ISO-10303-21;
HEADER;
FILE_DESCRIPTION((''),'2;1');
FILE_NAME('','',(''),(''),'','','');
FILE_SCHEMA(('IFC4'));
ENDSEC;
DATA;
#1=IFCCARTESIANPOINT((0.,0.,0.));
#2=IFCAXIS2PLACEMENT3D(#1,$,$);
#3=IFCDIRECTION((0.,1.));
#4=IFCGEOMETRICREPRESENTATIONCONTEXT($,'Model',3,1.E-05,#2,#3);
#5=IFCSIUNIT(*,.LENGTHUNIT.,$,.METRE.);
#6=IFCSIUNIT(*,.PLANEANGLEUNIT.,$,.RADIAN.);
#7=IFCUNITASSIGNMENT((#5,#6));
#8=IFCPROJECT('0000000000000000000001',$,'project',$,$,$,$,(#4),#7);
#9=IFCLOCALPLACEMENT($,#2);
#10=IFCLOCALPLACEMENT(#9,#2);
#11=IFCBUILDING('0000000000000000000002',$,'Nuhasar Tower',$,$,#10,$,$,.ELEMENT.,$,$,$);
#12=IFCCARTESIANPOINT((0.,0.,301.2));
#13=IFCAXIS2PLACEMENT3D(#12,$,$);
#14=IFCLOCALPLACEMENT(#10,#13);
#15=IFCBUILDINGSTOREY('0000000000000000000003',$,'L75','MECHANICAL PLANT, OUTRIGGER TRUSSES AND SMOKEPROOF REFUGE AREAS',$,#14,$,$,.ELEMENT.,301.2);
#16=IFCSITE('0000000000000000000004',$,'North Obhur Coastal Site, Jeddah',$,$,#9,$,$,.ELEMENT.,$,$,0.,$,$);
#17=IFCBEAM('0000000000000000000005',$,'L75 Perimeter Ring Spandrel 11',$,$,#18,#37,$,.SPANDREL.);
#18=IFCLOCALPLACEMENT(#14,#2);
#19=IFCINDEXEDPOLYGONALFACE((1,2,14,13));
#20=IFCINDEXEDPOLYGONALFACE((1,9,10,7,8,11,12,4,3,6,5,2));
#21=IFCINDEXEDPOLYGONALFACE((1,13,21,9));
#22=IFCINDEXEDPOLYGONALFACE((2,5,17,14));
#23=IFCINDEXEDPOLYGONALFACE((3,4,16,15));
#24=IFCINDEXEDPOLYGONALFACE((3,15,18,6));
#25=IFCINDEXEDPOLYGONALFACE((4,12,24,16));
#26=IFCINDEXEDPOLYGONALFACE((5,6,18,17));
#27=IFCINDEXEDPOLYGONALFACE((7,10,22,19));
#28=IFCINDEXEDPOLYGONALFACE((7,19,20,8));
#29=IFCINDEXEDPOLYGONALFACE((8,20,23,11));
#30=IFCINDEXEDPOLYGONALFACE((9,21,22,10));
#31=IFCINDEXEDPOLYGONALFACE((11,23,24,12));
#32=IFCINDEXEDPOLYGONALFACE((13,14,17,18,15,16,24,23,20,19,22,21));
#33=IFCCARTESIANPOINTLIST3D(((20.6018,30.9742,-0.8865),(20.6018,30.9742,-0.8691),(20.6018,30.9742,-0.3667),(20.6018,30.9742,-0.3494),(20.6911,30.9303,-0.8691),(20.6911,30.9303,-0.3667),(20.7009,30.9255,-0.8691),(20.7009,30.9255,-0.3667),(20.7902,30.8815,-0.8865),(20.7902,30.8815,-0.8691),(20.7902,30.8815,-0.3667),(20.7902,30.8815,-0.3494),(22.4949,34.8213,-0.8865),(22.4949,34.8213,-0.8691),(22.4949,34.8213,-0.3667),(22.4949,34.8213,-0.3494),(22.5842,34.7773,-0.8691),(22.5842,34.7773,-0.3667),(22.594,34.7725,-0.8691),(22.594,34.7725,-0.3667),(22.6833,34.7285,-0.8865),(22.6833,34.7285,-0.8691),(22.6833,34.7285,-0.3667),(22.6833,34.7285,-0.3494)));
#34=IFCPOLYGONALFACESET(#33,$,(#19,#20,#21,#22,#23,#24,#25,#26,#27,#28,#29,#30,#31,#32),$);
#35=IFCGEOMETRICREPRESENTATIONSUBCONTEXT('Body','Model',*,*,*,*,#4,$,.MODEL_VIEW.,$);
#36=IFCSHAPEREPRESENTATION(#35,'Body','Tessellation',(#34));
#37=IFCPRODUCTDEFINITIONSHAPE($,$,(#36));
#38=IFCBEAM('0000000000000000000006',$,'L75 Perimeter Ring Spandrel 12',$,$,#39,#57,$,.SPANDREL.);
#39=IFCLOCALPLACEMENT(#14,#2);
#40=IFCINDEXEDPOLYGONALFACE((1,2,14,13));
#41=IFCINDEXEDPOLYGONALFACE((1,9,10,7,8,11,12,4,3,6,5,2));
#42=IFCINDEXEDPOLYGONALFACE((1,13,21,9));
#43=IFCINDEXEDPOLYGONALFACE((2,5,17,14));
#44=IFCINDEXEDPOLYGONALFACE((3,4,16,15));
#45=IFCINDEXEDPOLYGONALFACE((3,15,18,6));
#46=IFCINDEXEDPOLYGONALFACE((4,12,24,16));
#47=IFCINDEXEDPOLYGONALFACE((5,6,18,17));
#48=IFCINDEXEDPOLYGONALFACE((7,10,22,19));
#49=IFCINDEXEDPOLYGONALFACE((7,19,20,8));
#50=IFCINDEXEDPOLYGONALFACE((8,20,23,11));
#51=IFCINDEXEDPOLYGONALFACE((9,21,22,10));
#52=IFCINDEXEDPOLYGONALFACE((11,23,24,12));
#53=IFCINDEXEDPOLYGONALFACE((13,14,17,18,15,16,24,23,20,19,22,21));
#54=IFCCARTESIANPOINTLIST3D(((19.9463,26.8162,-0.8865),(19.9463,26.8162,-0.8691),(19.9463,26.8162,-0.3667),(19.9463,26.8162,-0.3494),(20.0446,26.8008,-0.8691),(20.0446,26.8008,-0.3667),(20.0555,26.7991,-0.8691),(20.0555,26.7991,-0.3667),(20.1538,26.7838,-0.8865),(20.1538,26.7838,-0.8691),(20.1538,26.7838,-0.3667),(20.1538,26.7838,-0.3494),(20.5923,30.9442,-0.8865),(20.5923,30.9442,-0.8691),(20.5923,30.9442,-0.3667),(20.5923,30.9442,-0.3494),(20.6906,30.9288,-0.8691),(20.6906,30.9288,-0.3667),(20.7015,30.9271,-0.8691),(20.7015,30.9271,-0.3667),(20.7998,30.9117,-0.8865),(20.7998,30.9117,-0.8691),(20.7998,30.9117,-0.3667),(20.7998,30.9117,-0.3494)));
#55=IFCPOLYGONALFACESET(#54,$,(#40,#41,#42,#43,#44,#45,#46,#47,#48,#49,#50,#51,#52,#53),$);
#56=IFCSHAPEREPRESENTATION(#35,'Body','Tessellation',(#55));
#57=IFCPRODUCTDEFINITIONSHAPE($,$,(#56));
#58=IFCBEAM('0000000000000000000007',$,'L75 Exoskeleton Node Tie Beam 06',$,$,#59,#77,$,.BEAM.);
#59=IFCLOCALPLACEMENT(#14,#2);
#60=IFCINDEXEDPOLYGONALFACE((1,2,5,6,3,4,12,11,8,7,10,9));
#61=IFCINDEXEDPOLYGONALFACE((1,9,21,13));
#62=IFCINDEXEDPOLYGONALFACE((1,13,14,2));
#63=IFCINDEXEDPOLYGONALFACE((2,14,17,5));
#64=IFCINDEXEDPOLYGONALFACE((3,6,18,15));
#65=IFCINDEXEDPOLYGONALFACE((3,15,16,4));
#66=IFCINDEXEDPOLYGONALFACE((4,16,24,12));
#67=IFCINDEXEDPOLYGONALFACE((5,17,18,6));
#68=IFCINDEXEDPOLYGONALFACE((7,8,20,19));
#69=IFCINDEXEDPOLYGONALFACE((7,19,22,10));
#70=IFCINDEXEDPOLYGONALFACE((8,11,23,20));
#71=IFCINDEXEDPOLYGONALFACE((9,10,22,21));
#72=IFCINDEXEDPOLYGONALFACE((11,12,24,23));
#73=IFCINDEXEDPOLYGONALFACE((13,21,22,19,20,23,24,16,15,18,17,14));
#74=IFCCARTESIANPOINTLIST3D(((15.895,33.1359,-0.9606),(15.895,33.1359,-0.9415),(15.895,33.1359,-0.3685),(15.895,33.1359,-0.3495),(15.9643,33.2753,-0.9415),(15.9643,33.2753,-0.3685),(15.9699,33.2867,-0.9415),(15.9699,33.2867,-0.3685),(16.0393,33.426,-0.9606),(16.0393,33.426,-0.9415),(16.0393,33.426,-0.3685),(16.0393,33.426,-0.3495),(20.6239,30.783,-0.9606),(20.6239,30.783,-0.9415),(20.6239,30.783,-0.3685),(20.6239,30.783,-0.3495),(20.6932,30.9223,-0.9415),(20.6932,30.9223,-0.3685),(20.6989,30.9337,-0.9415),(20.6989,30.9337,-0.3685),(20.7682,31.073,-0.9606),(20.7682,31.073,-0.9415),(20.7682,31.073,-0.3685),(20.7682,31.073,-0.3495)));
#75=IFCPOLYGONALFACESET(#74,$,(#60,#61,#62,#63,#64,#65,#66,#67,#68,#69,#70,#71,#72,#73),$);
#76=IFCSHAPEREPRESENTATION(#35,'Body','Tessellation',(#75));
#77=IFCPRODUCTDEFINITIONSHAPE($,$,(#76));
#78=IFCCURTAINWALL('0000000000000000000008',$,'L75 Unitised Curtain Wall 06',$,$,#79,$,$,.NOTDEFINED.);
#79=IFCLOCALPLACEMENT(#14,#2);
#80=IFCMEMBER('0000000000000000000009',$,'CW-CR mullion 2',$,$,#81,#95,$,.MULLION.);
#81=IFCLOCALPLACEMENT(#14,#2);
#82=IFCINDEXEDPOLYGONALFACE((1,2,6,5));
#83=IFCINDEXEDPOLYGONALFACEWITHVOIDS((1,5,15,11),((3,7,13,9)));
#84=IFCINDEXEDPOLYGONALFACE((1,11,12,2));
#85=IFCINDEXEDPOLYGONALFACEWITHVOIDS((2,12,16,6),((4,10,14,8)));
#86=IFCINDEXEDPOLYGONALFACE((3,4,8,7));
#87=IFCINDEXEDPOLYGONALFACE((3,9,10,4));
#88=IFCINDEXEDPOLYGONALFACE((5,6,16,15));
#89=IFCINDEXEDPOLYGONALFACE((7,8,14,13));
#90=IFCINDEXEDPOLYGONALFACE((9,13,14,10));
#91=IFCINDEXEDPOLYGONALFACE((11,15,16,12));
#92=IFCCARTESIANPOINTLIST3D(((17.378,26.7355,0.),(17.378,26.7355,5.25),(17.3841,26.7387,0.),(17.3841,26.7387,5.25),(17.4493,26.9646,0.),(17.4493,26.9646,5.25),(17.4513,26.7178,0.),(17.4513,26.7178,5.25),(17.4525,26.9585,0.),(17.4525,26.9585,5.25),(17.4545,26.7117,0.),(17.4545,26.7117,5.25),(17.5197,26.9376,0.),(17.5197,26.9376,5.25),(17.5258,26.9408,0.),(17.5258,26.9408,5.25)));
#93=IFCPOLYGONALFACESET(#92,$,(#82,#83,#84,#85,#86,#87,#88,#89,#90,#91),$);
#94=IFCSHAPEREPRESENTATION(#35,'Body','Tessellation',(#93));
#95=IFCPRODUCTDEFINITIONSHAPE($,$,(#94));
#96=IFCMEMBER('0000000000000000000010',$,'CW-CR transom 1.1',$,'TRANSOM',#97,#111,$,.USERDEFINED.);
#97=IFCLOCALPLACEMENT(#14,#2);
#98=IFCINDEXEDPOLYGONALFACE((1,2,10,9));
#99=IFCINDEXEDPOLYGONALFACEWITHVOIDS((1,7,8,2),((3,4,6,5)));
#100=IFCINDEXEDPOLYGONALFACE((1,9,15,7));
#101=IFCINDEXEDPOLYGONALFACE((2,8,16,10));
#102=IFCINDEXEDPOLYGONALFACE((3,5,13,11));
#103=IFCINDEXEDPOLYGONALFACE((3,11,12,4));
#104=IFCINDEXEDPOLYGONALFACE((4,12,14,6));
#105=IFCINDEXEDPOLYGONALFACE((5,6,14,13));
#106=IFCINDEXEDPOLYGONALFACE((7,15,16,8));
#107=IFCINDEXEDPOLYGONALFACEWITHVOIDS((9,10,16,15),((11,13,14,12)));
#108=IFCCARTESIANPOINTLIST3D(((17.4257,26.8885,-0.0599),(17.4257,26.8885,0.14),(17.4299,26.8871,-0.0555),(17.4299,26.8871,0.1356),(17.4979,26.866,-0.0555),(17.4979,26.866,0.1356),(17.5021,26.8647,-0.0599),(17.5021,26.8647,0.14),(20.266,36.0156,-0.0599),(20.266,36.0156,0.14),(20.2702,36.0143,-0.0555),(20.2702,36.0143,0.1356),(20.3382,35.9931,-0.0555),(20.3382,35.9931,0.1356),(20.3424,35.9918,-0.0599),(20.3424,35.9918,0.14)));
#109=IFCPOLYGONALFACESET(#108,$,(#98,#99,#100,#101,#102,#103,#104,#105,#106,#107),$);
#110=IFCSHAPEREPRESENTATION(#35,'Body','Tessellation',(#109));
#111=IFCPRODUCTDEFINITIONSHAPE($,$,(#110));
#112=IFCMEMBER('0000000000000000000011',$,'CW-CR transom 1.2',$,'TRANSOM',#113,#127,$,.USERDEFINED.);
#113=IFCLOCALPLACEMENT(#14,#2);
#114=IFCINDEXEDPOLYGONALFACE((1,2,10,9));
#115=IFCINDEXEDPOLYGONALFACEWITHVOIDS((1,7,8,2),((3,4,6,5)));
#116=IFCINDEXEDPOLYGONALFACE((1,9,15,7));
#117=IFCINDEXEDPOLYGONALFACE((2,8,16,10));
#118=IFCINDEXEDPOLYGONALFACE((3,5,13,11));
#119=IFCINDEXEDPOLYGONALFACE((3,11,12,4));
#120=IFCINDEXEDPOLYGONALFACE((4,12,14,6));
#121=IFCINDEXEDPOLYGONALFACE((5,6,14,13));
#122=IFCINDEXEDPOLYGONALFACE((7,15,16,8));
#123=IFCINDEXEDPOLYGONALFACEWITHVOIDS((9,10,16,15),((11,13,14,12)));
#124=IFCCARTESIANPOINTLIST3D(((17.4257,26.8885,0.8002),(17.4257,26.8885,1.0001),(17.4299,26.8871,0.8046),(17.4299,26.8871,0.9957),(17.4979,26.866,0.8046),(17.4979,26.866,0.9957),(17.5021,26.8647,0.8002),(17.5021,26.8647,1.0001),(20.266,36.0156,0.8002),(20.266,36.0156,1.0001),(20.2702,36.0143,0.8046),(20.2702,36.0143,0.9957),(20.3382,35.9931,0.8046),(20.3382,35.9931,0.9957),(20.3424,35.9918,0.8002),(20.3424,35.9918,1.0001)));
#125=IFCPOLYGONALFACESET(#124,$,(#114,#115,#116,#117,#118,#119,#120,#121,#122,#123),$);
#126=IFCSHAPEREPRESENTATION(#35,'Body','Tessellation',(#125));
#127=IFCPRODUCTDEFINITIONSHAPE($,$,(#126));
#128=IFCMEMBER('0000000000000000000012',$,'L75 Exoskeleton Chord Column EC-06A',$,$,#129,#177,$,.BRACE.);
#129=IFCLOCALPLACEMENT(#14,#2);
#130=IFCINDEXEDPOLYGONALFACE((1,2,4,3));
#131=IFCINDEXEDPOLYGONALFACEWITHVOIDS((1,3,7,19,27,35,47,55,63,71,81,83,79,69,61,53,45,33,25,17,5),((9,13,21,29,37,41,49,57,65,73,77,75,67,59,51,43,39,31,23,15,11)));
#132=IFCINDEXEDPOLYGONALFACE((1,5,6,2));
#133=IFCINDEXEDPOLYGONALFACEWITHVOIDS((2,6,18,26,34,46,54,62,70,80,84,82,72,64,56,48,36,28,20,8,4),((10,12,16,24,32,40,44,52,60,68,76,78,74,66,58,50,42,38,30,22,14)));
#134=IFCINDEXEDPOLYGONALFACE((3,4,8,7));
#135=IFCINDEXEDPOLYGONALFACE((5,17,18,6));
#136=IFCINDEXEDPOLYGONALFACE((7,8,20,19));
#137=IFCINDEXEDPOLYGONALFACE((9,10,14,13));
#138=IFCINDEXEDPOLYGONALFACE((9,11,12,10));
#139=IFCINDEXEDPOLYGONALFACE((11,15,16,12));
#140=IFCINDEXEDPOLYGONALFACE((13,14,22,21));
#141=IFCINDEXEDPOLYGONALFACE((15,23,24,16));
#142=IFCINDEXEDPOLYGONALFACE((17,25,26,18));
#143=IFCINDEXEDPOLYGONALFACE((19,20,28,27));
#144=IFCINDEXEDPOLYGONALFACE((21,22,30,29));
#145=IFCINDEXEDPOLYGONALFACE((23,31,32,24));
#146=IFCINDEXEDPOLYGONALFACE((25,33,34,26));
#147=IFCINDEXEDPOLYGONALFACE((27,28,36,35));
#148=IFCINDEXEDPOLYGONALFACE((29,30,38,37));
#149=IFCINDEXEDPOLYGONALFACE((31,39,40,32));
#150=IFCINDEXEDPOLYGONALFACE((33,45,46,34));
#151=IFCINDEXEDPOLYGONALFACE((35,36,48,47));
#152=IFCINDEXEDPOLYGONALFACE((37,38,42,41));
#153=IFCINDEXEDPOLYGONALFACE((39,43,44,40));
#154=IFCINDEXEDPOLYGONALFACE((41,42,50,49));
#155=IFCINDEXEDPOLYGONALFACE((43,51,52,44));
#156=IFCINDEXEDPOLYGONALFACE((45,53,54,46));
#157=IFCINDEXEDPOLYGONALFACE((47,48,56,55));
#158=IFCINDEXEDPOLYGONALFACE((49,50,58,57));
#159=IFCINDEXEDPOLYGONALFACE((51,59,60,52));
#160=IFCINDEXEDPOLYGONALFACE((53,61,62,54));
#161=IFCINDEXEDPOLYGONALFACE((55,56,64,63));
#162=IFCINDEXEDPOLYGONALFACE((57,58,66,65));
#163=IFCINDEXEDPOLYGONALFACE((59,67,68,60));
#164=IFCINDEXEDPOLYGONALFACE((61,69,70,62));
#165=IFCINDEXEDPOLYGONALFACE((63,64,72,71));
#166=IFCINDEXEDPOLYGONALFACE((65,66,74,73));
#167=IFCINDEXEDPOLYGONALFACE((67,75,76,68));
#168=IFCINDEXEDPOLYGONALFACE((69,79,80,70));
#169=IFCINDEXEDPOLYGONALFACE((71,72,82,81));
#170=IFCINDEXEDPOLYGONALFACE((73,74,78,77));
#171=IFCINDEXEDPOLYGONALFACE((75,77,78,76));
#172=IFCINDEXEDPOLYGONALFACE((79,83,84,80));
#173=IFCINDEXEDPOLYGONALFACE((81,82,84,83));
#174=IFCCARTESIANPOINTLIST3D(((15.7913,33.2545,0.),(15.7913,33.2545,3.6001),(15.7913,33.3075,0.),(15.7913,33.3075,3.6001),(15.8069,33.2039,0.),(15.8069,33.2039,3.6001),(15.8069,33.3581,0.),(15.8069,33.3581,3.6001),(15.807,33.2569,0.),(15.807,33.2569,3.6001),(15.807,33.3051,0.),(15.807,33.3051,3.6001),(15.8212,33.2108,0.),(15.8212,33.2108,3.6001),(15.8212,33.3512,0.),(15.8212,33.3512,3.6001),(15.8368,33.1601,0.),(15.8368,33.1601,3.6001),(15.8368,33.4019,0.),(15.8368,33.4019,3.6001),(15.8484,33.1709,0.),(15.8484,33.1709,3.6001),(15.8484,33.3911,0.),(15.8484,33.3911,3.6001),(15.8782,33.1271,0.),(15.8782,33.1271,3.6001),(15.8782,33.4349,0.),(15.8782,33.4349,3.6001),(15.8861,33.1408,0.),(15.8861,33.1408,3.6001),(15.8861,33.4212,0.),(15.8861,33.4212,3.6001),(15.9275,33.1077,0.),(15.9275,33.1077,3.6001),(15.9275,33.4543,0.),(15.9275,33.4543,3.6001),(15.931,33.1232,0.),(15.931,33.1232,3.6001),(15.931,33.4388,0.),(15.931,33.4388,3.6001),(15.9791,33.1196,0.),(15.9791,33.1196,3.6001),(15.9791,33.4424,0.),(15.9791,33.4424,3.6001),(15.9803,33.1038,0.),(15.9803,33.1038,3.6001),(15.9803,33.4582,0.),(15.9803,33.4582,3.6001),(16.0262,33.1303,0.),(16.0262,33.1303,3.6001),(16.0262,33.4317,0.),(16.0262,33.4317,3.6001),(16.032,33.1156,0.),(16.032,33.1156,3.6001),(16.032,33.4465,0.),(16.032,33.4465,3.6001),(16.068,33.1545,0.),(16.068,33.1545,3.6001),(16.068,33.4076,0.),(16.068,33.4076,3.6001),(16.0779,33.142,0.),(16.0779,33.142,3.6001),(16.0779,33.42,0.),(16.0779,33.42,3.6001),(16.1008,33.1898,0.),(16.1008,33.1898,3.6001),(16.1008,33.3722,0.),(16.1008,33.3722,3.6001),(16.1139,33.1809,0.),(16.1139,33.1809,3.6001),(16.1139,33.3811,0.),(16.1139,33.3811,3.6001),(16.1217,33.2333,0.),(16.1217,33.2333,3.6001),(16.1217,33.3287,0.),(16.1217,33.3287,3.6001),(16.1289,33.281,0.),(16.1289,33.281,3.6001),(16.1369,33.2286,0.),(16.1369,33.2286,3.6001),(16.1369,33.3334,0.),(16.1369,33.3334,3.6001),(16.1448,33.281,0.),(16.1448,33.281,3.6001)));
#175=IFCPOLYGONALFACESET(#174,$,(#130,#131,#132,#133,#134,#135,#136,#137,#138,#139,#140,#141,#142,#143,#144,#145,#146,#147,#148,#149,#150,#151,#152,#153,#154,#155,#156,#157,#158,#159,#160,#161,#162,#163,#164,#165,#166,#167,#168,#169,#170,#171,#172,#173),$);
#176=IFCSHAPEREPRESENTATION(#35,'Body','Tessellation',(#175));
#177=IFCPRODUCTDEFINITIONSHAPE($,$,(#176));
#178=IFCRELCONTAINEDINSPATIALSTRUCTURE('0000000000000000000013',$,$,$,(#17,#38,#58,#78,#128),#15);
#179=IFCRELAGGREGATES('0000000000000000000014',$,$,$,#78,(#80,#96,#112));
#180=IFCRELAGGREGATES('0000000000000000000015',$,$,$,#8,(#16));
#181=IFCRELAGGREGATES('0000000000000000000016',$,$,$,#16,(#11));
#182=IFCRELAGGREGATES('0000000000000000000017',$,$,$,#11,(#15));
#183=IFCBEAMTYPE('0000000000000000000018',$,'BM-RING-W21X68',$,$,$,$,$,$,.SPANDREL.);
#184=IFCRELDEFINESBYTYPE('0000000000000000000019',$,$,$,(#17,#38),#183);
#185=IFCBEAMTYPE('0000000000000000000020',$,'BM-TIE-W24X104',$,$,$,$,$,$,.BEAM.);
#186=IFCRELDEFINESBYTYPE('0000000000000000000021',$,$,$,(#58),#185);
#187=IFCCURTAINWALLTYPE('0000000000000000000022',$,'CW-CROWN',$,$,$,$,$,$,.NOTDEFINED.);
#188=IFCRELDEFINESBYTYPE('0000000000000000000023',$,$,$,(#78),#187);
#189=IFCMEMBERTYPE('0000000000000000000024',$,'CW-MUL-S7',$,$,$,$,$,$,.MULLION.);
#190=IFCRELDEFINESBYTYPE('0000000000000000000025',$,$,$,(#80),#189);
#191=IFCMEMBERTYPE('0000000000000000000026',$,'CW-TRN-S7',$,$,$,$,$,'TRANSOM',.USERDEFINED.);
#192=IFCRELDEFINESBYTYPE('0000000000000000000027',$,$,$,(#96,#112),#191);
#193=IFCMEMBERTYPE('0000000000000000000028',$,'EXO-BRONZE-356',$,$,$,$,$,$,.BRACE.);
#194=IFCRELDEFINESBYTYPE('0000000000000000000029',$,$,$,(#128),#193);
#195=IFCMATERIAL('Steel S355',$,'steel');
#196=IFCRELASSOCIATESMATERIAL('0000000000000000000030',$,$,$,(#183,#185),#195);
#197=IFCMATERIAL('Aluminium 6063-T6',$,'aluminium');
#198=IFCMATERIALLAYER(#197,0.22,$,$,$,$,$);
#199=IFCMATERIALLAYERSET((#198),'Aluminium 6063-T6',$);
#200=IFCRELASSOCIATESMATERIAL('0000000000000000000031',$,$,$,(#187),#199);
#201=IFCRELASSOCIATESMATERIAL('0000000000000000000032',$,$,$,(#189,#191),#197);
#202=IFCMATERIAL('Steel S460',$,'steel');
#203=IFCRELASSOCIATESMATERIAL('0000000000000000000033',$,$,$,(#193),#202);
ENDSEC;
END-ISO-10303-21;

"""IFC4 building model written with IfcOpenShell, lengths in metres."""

from ifc_helpers import new_model, si_unit, direction, frame, origin, origin_2d, place, context, subcontext, project, spatial, hollow_rectangle, hollow_circle, i_section, extrude, material, layer, layer_set, material_profile, profile_set, type_object, element, aggregate, save


model = new_model("IFC4")

# Units and contexts
model_context = context("Model", 3, precision=1e-05, world=origin(), true_north=direction((0.0, 1.0)))
body_context = subcontext(model_context, "Body", "Model", "MODEL_VIEW")
ifc_project = project(units=[si_unit("LENGTHUNIT", "METRE"), si_unit("PLANEANGLEUNIT", "RADIAN")], contexts=[model_context])

# Site, building, storey
site_placement = place(None, origin())
site = spatial("IfcSite", under=ifc_project, at=site_placement, Name="North Obhur Coastal Site, Jeddah", CompositionType="ELEMENT", RefElevation=0.0)
building_placement = place(site_placement, origin())
building = spatial("IfcBuilding", under=site, at=building_placement, Name="Nuhasar Tower", CompositionType="ELEMENT")
storey_placement = place(building_placement, frame((0.0, 0.0, 301.2)))
storey = spatial("IfcBuildingStorey", under=building, at=storey_placement, Name="L75", Description="MECHANICAL PLANT, OUTRIGGER TRUSSES AND SMOKEPROOF REFUGE AREAS", CompositionType="ELEMENT", Elevation=301.2)

# Shared definitions
ifc_material_1 = material(Name="Steel S460", Category="steel")

# Beams
ifc_material_2 = material(Name="Steel S355", Category="steel")
ifc_material_profile_1 = material_profile(ifc_material_2, i_section(OverallWidth=0.21, OverallDepth=0.5371, WebThickness=0.011, FlangeThickness=0.0173, at=origin_2d()), Name="W21X68")
ifc_profile_set_1 = profile_set([ifc_material_profile_1], Name="Steel S355")
beam_type_1 = type_object("IfcBeamType", Name="BM-RING-W21X68", PredefinedType="SPANDREL", material=ifc_profile_set_1)
beam_1_placement = place(storey_placement, frame((22.5891, 34.7749, -0.6179), z_axis=(-0.441533, -0.897245, 0.0), x_axis=(0.897245, -0.441533, 0.0)))
element("IfcBeam", 1, at=beam_1_placement, inside=storey, type_object=beam_type_1, Name="L75 Perimeter Ring Spandrel 11", PredefinedType="SPANDREL", context=body_context, shape_type="SweptSolid", body=[
    extrude(i_section(OverallWidth=0.21, OverallDepth=0.5371, WebThickness=0.011, FlangeThickness=0.0173, at=origin_2d()), origin(), (0.0, 0.0, 1.0), 4.2876),
])
beam_2_placement = place(storey_placement, frame((20.696, 30.928, -0.6179), z_axis=(-0.154612, -0.987975, 0.0), x_axis=(0.987975, -0.154612, 0.0)))
element("IfcBeam", 2, at=beam_2_placement, inside=storey, type_object=beam_type_1, Name="L75 Perimeter Ring Spandrel 12", PredefinedType="SPANDREL", context=body_context, shape_type="SweptSolid", body=[
    extrude(i_section(OverallWidth=0.21, OverallDepth=0.5371, WebThickness=0.011, FlangeThickness=0.0173, at=origin_2d()), origin(), (0.0, 0.0, 1.0), 4.1782),
])
ifc_material_profile_2 = material_profile(ifc_material_2, i_section(OverallWidth=0.324, OverallDepth=0.6111, WebThickness=0.0127, FlangeThickness=0.019, at=origin_2d()), Name="W24X104")
ifc_profile_set_2 = profile_set([ifc_material_profile_2], Name="Steel S355")
beam_type_2 = type_object("IfcBeamType", Name="BM-TIE-W24X104", PredefinedType="BEAM", material=ifc_profile_set_2)
beam_3_placement = place(storey_placement, frame((20.696, 30.928, -0.655), z_axis=(-0.895294, 0.445475, 0.0), x_axis=(-0.445475, -0.895294, 0.0)))
element("IfcBeam", 3, at=beam_3_placement, inside=storey, type_object=beam_type_2, Name="L75 Exoskeleton Node Tie Beam 06", PredefinedType="BEAM", context=body_context, shape_type="SweptSolid", body=[
    extrude(i_section(OverallWidth=0.324, OverallDepth=0.6111, WebThickness=0.0127, FlangeThickness=0.019, at=origin_2d()), origin(), (0.0, 0.0, 1.0), 5.282),
])

# Curtain wall, members
ifc_material_3 = material(Name="Aluminium 6063-T6", Category="aluminium")
ifc_layer_1 = layer(ifc_material_3, 0.22)
ifc_layer_set_1 = layer_set([ifc_layer_1], Name="Aluminium 6063-T6")
curtain_wall_type = type_object("IfcCurtainWallType", Name="CW-CROWN", PredefinedType="NOTDEFINED", material=ifc_layer_set_1)
curtain_wall_placement = place(storey_placement, origin())
curtain_wall = element("IfcCurtainWall", 4, at=curtain_wall_placement, inside=storey, type_object=curtain_wall_type, Name="L75 Unitised Curtain Wall 06", PredefinedType="NOTDEFINED")
ifc_material_profile_3 = material_profile(ifc_material_3, hollow_rectangle(XDim=0.0801, YDim=0.24, WallThickness=0.0049, at=origin_2d()), Name="CWM-7")
ifc_profile_set_3 = profile_set([ifc_material_profile_3], Name="Aluminium 6063-T6")
member_type_1 = type_object("IfcMemberType", Name="CW-MUL-S7", PredefinedType="MULLION", material=ifc_profile_set_3)
member_1_placement = place(storey_placement, frame((17.4519, 26.8381, 0.0), z_axis=(0.0, 0.0, 1.0), x_axis=(0.954831, -0.29715, 0.0)))
member_1 = element("IfcMember", 5, at=member_1_placement, type_object=member_type_1, Name="CW-CR mullion 2", PredefinedType="MULLION", context=body_context, shape_type="SweptSolid", body=[
    extrude(hollow_rectangle(XDim=0.0801, YDim=0.24, WallThickness=0.0049, at=origin_2d()), origin(), (0.0, 0.0, 1.0), 5.25),
])
ifc_material_profile_4 = material_profile(ifc_material_3, hollow_rectangle(XDim=0.0801, YDim=0.2, WallThickness=0.0044, at=origin_2d()), Name="CWT-7")
ifc_profile_set_4 = profile_set([ifc_material_profile_4], Name="Aluminium 6063-T6")
member_type_2 = type_object("IfcMemberType", Name="CW-TRN-S7", ElementType="TRANSOM", PredefinedType="USERDEFINED", material=ifc_profile_set_4)
member_2_placement = place(storey_placement, frame((20.3042, 36.0037, 0.04), z_axis=(-0.297139, -0.954834, 0.0), x_axis=(0.954834, -0.297139, 0.0)))
member_2 = element("IfcMember", 6, at=member_2_placement, type_object=member_type_2, Name="CW-CR transom 1.1", ObjectType="TRANSOM", PredefinedType="USERDEFINED", context=body_context, shape_type="SweptSolid", body=[
    extrude(hollow_rectangle(XDim=0.0801, YDim=0.2, WallThickness=0.0044, at=origin_2d()), origin(), (0.0, 0.0, 1.0), 9.5588),
])
member_3_placement = place(storey_placement, frame((20.3042, 36.0037, 0.9001), z_axis=(-0.297139, -0.954834, 0.0), x_axis=(0.954834, -0.297139, 0.0)))
member_3 = element("IfcMember", 7, at=member_3_placement, type_object=member_type_2, Name="CW-CR transom 1.2", ObjectType="TRANSOM", PredefinedType="USERDEFINED", context=body_context, shape_type="SweptSolid", body=[
    extrude(hollow_rectangle(XDim=0.0801, YDim=0.2, WallThickness=0.0044, at=origin_2d()), origin(), (0.0, 0.0, 1.0), 9.5588),
])

# Member
ifc_material_profile_5 = material_profile(ifc_material_1, hollow_circle(Radius=0.1777, WallThickness=0.0159, at=origin_2d()), Name="HSS355.6X15.9")
ifc_profile_set_5 = profile_set([ifc_material_profile_5], Name="Steel S460")
member_type_3 = type_object("IfcMemberType", Name="EXO-BRONZE-356", PredefinedType="BRACE", material=ifc_profile_set_5)
for number, where, z_axis, x_axis, name in (
    (8, (15.967, 33.281, 0.0), (0.0, 0.0, 1.0), (1.0, 0.0, 0.0), "L75 Exoskeleton Chord Column EC-06A"),
):
    element("IfcMember", number, at=place(storey_placement, frame(where, z_axis=z_axis, x_axis=x_axis)), inside=storey, type_object=member_type_3, Name=name, PredefinedType="BRACE", context=body_context, shape_type="SweptSolid", body=[
        extrude(hollow_circle(Radius=0.1777, WallThickness=0.0159, at=origin_2d()), origin(), (0.0, 0.0, 1.0), 3.6001),
    ])

aggregate(curtain_wall, [member_1, member_2, member_3])

save(model, "model.ifc")
